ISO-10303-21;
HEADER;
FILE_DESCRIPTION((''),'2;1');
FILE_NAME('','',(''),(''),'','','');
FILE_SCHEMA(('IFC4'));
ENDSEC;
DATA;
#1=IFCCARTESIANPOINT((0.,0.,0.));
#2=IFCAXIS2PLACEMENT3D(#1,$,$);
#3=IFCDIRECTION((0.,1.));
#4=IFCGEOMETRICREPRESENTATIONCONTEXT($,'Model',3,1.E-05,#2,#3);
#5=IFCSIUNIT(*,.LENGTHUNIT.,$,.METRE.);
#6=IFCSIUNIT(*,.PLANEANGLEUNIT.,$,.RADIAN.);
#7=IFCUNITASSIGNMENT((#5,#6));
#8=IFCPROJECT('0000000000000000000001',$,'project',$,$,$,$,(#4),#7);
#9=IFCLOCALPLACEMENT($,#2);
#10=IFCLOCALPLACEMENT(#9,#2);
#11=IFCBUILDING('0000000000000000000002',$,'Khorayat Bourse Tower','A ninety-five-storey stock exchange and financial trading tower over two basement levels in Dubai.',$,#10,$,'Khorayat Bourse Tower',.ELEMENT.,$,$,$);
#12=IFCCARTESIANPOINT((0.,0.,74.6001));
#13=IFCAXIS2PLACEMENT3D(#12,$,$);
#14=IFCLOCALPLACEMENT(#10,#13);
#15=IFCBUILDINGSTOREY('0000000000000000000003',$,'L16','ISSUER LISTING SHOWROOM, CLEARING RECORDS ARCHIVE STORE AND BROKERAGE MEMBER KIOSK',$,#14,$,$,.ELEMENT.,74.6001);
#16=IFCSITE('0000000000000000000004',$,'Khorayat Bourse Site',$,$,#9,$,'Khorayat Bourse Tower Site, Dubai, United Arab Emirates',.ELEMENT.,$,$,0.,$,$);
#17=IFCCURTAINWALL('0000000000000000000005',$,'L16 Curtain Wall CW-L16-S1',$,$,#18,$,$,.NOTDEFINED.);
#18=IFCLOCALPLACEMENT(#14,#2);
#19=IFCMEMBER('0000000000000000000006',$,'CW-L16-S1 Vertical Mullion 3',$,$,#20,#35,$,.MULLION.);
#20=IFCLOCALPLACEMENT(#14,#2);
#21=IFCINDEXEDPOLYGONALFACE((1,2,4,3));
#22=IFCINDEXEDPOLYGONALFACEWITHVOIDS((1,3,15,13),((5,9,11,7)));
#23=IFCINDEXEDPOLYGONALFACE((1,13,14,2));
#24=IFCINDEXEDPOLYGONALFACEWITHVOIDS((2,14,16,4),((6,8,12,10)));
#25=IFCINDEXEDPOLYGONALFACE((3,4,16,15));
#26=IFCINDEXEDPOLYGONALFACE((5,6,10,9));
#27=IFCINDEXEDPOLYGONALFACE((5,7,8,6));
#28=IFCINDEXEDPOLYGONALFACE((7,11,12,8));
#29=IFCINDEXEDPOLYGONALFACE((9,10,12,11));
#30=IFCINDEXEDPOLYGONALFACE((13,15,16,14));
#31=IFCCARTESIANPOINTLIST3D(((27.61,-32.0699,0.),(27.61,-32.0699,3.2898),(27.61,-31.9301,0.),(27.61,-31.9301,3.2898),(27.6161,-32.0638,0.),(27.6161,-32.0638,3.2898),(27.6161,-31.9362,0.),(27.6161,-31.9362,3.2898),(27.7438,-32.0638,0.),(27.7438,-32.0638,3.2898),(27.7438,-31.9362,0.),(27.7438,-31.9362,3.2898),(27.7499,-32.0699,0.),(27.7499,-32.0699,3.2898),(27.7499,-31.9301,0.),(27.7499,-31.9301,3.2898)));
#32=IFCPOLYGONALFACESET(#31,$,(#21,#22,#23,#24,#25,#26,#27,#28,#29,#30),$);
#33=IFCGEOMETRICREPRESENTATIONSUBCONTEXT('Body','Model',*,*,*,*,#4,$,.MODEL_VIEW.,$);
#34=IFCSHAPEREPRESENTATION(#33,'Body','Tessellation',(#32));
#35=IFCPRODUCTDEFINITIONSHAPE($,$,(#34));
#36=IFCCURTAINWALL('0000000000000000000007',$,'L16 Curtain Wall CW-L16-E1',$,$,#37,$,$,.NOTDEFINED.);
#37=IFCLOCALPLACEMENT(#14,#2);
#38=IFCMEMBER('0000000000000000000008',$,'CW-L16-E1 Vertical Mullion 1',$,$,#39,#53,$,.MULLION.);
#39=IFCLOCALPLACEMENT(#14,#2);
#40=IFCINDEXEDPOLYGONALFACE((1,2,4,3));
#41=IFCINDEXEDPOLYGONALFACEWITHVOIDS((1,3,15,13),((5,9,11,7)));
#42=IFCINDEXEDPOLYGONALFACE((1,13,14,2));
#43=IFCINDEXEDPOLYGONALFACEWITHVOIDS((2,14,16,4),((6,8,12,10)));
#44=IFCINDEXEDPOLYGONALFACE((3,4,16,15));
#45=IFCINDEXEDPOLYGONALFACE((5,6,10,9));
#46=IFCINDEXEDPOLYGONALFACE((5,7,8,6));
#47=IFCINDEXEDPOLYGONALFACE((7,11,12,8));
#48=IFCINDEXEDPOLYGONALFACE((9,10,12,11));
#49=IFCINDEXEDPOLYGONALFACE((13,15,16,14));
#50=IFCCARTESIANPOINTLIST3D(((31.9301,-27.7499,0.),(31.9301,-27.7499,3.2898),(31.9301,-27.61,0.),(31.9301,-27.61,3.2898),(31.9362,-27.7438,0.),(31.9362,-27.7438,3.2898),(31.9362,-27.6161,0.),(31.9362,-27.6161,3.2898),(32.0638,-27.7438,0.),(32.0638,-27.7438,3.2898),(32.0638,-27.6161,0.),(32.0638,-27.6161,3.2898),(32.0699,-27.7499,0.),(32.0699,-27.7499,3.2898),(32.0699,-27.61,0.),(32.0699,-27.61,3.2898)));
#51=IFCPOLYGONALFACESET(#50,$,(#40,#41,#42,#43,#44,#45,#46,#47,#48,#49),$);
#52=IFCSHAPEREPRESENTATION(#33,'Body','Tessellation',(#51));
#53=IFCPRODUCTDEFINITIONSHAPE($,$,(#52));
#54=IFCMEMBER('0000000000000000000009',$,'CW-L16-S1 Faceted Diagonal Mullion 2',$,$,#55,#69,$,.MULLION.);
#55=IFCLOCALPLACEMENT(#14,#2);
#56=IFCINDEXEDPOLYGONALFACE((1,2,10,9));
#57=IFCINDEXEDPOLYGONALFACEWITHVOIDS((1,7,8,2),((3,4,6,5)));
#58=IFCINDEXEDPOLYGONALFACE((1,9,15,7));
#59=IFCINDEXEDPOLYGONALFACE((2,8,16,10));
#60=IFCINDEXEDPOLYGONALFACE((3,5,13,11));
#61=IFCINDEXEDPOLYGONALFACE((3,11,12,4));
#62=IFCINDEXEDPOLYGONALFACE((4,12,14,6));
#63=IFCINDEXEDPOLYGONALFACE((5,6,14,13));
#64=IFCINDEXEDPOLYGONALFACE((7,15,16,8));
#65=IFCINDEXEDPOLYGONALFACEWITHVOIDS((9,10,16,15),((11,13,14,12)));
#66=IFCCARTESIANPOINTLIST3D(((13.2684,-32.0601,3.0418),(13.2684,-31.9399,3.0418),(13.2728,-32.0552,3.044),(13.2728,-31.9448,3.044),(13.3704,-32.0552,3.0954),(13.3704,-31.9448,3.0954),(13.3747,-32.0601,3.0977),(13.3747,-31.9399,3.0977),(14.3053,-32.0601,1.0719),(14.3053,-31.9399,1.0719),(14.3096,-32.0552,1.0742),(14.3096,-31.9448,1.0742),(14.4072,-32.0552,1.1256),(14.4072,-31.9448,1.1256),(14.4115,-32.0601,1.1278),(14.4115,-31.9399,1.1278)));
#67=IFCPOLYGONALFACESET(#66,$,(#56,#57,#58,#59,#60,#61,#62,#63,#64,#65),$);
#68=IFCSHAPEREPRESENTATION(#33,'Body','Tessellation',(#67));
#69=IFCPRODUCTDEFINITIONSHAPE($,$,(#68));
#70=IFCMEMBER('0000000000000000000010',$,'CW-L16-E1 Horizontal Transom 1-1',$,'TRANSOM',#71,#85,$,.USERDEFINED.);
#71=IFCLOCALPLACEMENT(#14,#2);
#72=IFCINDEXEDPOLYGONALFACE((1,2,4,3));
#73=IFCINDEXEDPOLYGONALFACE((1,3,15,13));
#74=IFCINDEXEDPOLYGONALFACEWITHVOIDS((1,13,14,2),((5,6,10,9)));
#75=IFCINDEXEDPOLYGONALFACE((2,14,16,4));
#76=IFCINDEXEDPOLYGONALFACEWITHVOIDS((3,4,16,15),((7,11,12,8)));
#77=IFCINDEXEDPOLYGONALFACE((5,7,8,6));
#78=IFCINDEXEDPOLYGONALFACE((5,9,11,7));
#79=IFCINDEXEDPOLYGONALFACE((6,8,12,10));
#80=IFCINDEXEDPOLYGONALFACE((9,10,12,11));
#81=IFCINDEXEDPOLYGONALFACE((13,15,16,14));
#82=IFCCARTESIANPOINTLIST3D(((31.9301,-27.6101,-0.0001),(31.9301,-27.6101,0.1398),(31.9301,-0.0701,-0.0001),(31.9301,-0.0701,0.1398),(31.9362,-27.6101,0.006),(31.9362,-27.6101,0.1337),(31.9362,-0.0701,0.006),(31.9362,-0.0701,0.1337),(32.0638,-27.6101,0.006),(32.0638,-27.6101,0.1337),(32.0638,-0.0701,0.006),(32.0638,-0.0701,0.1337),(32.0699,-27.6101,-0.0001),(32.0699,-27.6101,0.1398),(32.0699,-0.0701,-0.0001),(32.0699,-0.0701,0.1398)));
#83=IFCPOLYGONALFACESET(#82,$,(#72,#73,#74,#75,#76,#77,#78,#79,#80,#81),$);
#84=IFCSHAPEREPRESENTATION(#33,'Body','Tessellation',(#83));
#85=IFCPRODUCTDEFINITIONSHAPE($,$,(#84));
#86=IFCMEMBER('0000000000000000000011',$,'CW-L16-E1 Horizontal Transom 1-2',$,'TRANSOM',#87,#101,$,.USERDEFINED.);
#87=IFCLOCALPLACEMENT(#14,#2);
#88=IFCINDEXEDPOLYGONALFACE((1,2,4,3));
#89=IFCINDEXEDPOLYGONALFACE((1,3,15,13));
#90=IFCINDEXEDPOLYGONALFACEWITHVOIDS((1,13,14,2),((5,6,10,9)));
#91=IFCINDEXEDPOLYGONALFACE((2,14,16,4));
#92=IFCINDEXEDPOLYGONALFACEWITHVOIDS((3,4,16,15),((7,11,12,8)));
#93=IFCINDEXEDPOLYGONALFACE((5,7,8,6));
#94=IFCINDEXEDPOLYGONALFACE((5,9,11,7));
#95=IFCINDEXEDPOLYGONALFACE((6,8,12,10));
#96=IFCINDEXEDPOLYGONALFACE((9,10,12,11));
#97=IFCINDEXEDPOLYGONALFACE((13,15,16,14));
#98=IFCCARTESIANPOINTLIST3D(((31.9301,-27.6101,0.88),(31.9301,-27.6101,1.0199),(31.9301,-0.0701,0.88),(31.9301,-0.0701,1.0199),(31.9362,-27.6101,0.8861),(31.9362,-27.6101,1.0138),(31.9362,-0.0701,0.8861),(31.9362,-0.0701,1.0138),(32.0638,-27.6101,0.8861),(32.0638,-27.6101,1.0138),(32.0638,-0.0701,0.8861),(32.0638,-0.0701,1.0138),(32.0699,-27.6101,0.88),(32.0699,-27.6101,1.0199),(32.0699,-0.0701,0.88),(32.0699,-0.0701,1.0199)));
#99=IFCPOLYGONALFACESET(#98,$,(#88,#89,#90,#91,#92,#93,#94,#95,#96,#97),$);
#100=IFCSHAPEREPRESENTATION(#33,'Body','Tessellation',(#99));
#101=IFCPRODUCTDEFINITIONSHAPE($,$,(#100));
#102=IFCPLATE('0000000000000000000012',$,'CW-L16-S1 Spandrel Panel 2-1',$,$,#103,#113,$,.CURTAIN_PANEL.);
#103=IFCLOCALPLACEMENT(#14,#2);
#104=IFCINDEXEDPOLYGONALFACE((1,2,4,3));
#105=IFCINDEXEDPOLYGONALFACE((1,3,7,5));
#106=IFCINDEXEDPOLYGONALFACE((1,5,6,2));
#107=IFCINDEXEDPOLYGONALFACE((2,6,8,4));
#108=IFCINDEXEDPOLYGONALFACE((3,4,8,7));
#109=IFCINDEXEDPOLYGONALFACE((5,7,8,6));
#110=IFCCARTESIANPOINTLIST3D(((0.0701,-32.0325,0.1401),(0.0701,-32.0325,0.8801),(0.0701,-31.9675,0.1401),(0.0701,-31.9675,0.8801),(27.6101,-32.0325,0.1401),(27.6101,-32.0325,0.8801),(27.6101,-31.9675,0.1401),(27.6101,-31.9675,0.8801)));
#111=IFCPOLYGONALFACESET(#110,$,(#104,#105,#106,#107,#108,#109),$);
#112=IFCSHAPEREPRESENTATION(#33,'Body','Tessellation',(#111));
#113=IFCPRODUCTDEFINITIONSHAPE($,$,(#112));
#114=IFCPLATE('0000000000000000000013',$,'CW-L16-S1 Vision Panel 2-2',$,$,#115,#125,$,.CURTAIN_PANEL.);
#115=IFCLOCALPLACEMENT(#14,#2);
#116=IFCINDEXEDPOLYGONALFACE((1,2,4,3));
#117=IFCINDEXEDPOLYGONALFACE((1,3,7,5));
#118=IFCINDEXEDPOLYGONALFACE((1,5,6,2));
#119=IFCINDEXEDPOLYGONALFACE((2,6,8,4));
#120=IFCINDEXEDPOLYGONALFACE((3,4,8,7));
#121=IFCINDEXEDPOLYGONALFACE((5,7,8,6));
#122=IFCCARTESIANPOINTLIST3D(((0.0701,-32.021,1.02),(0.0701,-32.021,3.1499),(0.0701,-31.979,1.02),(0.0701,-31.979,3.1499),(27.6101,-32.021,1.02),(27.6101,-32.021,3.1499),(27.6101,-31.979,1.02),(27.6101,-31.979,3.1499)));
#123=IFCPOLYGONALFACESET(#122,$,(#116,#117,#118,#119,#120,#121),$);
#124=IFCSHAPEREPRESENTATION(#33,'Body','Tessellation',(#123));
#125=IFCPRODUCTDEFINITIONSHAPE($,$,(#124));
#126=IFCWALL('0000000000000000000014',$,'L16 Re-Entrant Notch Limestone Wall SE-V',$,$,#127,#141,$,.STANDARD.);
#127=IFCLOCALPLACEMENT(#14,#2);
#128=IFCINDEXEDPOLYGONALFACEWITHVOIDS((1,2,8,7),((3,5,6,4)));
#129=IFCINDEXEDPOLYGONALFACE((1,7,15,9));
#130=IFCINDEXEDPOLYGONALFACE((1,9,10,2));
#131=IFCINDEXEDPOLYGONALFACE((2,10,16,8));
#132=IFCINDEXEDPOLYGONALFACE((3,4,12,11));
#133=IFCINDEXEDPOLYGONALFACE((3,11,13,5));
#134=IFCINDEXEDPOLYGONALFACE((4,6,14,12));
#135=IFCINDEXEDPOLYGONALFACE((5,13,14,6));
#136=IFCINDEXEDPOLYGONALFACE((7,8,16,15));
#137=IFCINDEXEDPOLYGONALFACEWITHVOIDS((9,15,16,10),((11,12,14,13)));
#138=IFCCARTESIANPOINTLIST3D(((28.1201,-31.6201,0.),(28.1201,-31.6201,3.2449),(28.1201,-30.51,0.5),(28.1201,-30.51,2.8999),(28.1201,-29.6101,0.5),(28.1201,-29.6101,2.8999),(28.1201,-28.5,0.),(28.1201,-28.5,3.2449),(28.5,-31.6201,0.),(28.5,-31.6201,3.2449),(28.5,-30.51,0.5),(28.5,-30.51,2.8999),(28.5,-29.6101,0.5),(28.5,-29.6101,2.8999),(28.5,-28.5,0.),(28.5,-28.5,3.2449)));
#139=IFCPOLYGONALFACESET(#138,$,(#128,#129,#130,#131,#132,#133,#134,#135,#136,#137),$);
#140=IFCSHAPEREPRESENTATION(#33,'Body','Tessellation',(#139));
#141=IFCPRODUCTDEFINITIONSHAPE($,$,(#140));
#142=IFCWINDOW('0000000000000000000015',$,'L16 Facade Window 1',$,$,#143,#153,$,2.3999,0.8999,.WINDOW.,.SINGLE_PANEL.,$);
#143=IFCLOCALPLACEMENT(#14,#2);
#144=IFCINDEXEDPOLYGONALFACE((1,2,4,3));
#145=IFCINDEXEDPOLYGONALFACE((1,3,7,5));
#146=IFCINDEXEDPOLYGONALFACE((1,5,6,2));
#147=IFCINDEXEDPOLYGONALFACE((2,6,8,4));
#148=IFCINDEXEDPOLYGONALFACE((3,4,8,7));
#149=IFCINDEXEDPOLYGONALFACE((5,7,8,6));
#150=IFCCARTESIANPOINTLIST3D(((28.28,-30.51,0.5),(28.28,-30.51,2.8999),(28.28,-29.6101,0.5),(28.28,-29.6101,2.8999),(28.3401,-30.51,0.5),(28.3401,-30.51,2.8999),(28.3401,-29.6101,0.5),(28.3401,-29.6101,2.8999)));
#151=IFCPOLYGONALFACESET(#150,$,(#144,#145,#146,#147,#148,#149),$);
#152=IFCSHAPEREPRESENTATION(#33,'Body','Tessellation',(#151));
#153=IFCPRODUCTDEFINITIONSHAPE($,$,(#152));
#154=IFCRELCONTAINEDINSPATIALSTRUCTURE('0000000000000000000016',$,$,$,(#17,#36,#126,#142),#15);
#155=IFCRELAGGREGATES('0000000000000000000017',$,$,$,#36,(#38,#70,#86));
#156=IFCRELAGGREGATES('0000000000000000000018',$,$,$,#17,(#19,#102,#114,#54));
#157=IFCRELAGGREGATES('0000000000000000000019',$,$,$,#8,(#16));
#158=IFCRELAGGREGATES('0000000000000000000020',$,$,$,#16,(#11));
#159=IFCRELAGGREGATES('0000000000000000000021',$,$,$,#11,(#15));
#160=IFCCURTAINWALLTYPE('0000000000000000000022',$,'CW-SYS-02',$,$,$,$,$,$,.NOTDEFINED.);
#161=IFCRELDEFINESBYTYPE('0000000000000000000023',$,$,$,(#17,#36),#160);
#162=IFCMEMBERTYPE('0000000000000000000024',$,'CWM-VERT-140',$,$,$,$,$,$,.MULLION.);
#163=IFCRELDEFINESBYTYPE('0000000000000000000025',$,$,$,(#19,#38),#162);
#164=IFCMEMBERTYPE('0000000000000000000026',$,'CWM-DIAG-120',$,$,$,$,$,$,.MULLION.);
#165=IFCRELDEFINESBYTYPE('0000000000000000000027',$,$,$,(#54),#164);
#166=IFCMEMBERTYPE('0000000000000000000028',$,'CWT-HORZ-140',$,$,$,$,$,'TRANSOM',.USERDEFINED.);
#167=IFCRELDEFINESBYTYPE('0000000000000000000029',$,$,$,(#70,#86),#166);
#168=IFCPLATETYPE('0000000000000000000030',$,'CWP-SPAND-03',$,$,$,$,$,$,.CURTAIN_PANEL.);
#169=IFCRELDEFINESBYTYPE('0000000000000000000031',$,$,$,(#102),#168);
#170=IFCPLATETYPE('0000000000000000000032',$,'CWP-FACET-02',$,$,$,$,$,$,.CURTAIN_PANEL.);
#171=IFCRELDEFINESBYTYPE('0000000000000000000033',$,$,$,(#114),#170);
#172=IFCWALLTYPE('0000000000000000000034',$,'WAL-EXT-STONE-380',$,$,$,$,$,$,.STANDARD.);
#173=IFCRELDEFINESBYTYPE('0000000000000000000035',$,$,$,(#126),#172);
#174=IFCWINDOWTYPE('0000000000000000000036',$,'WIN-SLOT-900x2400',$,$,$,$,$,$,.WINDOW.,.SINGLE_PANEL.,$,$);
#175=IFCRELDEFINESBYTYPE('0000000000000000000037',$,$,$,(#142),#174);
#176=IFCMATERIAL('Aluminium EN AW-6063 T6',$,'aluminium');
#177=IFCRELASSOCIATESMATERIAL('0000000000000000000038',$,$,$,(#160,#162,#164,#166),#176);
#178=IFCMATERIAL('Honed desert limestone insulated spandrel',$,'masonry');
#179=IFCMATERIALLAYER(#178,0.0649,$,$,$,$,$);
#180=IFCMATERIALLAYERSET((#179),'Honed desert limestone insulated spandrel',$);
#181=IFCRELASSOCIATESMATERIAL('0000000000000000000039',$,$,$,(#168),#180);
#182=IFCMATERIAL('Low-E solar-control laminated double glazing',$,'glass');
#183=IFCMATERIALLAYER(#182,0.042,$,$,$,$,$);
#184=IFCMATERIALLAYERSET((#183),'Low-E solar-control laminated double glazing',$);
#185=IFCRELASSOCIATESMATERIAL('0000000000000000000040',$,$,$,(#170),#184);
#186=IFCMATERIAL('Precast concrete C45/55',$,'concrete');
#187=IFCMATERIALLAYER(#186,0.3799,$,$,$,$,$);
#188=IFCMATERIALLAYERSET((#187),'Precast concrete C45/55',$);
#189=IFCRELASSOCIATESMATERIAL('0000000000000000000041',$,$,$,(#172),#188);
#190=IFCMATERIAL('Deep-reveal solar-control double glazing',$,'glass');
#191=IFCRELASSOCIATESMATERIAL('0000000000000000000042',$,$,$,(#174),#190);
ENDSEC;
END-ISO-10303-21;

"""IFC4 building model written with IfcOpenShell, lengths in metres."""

from ifc_helpers import new_model, si_unit, direction, frame, frame_2d, origin, origin_2d, place, context, subcontext, project, spatial, rectangle, hollow_rectangle, extrude, source, transform, mapped, material, layer, layer_set, material_profile, profile_set, type_object, element, fill, aggregate, save


model = new_model("IFC4")

# Units and contexts
model_context = context("Model", 3, precision=1e-05, world=origin(), true_north=direction((0.0, 1.0)))
body_context = subcontext(model_context, "Body", "Model", "MODEL_VIEW")
ifc_project = project(units=[si_unit("LENGTHUNIT", "METRE"), si_unit("PLANEANGLEUNIT", "RADIAN")], contexts=[model_context])

# Site, building, storey
site_placement = place(None, origin())
site = spatial("IfcSite", under=ifc_project, at=site_placement, Name="Khorayat Bourse Site", LongName="Khorayat Bourse Tower Site, Dubai, United Arab Emirates", CompositionType="ELEMENT", RefElevation=0.0)
building_placement = place(site_placement, origin())
building = spatial("IfcBuilding", under=site, at=building_placement, Name="Khorayat Bourse Tower", Description="A ninety-five-storey stock exchange and financial trading tower over two basement levels in Dubai.", LongName="Khorayat Bourse Tower", CompositionType="ELEMENT")
storey_placement = place(building_placement, frame((0.0, 0.0, 74.6001)))
storey = spatial("IfcBuildingStorey", under=building, at=storey_placement, Name="L16", Description="ISSUER LISTING SHOWROOM, CLEARING RECORDS ARCHIVE STORE AND BROKERAGE MEMBER KIOSK", CompositionType="ELEMENT", Elevation=74.6001)

# Curtain walls, members
ifc_material_1 = material(Name="Aluminium EN AW-6063 T6", Category="aluminium")
curtain_wall_type = type_object("IfcCurtainWallType", Name="CW-SYS-02", PredefinedType="NOTDEFINED", material=ifc_material_1)
curtain_wall_1_placement = place(storey_placement, origin())
curtain_wall_1 = element("IfcCurtainWall", 1, at=curtain_wall_1_placement, inside=storey, type_object=curtain_wall_type, Name="L16 Curtain Wall CW-L16-S1", PredefinedType="NOTDEFINED")
ifc_material_profile_1 = material_profile(ifc_material_1, hollow_rectangle(XDim=0.1399, YDim=0.1399, WallThickness=0.0061, at=origin_2d()), Name="ALU 140x140x6")
ifc_profile_set_1 = profile_set([ifc_material_profile_1], Name="Aluminium EN AW-6063 T6")
member_type_1 = type_object("IfcMemberType", Name="CWM-VERT-140", PredefinedType="MULLION", material=ifc_profile_set_1)
shared_shape_1 = source(origin(), body_context, "Body", "SweptSolid", [
    extrude(hollow_rectangle(XDim=0.1399, YDim=0.1399, WallThickness=0.0061, at=origin_2d()), origin(), (0.0, 0.0, 1.0), 3.2898),
])
member_1_placement = place(storey_placement, frame((27.6799, -32.0, 0.0), z_axis=(0.0, 0.0, 1.0), x_axis=(0.0, 1.0, 0.0)))
member_1 = element("IfcMember", 2, at=member_1_placement, type_object=member_type_1, Name="CW-L16-S1 Vertical Mullion 3", PredefinedType="MULLION", context=body_context, shape_type="MappedRepresentation", body=[
    mapped(shared_shape_1, transform((0.0, 0.0, 0.0), scale=1.0)),
])
curtain_wall_2_placement = place(storey_placement, origin())
curtain_wall_2 = element("IfcCurtainWall", 3, at=curtain_wall_2_placement, inside=storey, type_object=curtain_wall_type, Name="L16 Curtain Wall CW-L16-E1", PredefinedType="NOTDEFINED")
member_2_placement = place(storey_placement, frame((32.0, -27.6799, 0.0), z_axis=(0.0, 0.0, 1.0), x_axis=(-1.0, 0.0, 0.0)))
member_2 = element("IfcMember", 4, at=member_2_placement, type_object=member_type_1, Name="CW-L16-E1 Vertical Mullion 1", PredefinedType="MULLION", context=body_context, shape_type="MappedRepresentation", body=[
    mapped(shared_shape_1, transform((0.0, 0.0, 0.0), scale=1.0)),
])

# Members
ifc_material_profile_2 = material_profile(ifc_material_1, hollow_rectangle(XDim=0.1201, YDim=0.1201, WallThickness=0.0049, at=origin_2d()), Name="ALU 120x120x5")
ifc_profile_set_2 = profile_set([ifc_material_profile_2], Name="Aluminium EN AW-6063 T6")
member_type_2 = type_object("IfcMemberType", Name="CWM-DIAG-120", PredefinedType="MULLION", material=ifc_profile_set_2)
shared_shape_2 = source(origin(), body_context, "Body", "SweptSolid", [
    extrude(hollow_rectangle(XDim=0.1201, YDim=0.1201, WallThickness=0.0049, at=origin_2d()), origin(), (0.0, 0.0, 1.0), 2.2261),
])
member_3_placement = place(storey_placement, frame((14.3584, -32.0, 1.0999), z_axis=(-0.46576, 0.0, 0.884911), x_axis=(0.0, -1.0, 0.0)))
member_3 = element("IfcMember", 5, at=member_3_placement, type_object=member_type_2, Name="CW-L16-S1 Faceted Diagonal Mullion 2", PredefinedType="MULLION", context=body_context, shape_type="MappedRepresentation", body=[
    mapped(shared_shape_2, transform((0.0, 0.0, 0.0), scale=1.0)),
])
ifc_material_profile_3 = material_profile(ifc_material_1, hollow_rectangle(XDim=0.1399, YDim=0.1399, WallThickness=0.0061, at=origin_2d()), Name="ALU 140x140x6")
ifc_profile_set_3 = profile_set([ifc_material_profile_3], Name="Aluminium EN AW-6063 T6")
member_type_3 = type_object("IfcMemberType", Name="CWT-HORZ-140", ElementType="TRANSOM", PredefinedType="USERDEFINED", material=ifc_profile_set_3)
shared_shape_3 = source(origin(), body_context, "Body", "SweptSolid", [
    extrude(hollow_rectangle(XDim=0.1399, YDim=0.1399, WallThickness=0.0061, at=origin_2d()), origin(), (0.0, 0.0, 1.0), 27.54),
])
member_4_placement = place(storey_placement, frame((32.0, -27.6101, 0.0698), z_axis=(0.0, 1.0, 0.0), x_axis=(-1.0, 0.0, 0.0)))
member_4 = element("IfcMember", 6, at=member_4_placement, type_object=member_type_3, Name="CW-L16-E1 Horizontal Transom 1-1", ObjectType="TRANSOM", PredefinedType="USERDEFINED", context=body_context, shape_type="MappedRepresentation", body=[
    mapped(shared_shape_3, transform((0.0, 0.0, 0.0), scale=1.0)),
])
member_5_placement = place(storey_placement, frame((32.0, -27.6101, 0.95), z_axis=(0.0, 1.0, 0.0), x_axis=(-1.0, 0.0, 0.0)))
member_5 = element("IfcMember", 7, at=member_5_placement, type_object=member_type_3, Name="CW-L16-E1 Horizontal Transom 1-2", ObjectType="TRANSOM", PredefinedType="USERDEFINED", context=body_context, shape_type="MappedRepresentation", body=[
    mapped(shared_shape_3, transform((0.0, 0.0, 0.0), scale=1.0)),
])
aggregate(curtain_wall_2, [member_2, member_4, member_5])

# Plates
ifc_material_2 = material(Name="Honed desert limestone insulated spandrel", Category="masonry")
ifc_layer_1 = layer(ifc_material_2, 0.0649)
ifc_layer_set_1 = layer_set([ifc_layer_1], Name="Honed desert limestone insulated spandrel")
plate_type_1 = type_object("IfcPlateType", Name="CWP-SPAND-03", PredefinedType="CURTAIN_PANEL", material=ifc_layer_set_1)
shared_shape_4 = source(origin(), body_context, "Body", "SweptSolid", [
    extrude(rectangle(XDim=27.54, YDim=0.0649, at=origin_2d()), origin(), (0.0, 0.0, 1.0), 0.74),
])
plate_1_placement = place(storey_placement, frame((13.8401, -32.0, 0.1401), z_axis=(0.0, 0.0, 1.0), x_axis=(1.0, 0.0, 0.0)))
plate_1 = element("IfcPlate", 8, at=plate_1_placement, type_object=plate_type_1, Name="CW-L16-S1 Spandrel Panel 2-1", PredefinedType="CURTAIN_PANEL", context=body_context, shape_type="MappedRepresentation", body=[
    mapped(shared_shape_4, transform((0.0, 0.0, 0.0), scale=1.0)),
])
ifc_material_3 = material(Name="Low-E solar-control laminated double glazing", Category="glass")
ifc_layer_2 = layer(ifc_material_3, 0.042)
ifc_layer_set_2 = layer_set([ifc_layer_2], Name="Low-E solar-control laminated double glazing")
plate_type_2 = type_object("IfcPlateType", Name="CWP-FACET-02", PredefinedType="CURTAIN_PANEL", material=ifc_layer_set_2)
shared_shape_5 = source(origin(), body_context, "Body", "SweptSolid", [
    extrude(rectangle(XDim=27.54, YDim=0.042, at=origin_2d()), origin(), (0.0, 0.0, 1.0), 2.1299),
])
plate_2_placement = place(storey_placement, frame((13.8401, -32.0, 1.02), z_axis=(0.0, 0.0, 1.0), x_axis=(1.0, 0.0, 0.0)))
plate_2 = element("IfcPlate", 9, at=plate_2_placement, type_object=plate_type_2, Name="CW-L16-S1 Vision Panel 2-2", PredefinedType="CURTAIN_PANEL", context=body_context, shape_type="MappedRepresentation", body=[
    mapped(shared_shape_5, transform((0.0, 0.0, 0.0), scale=1.0)),
])
aggregate(curtain_wall_1, [member_1, plate_1, plate_2, member_3])

# Wall, opening, window
ifc_material_4 = material(Name="Precast concrete C45/55", Category="concrete")
ifc_layer_3 = layer(ifc_material_4, 0.3799)
ifc_layer_set_3 = layer_set([ifc_layer_3], Name="Precast concrete C45/55")
wall_type_1 = type_object("IfcWallType", Name="WAL-EXT-STONE-380", PredefinedType="STANDARD", material=ifc_layer_set_3)
shared_shape_6 = source(origin(), body_context, "Body", "SweptSolid", [
    extrude(rectangle(XDim=3.1201, YDim=0.3799, at=frame_2d((1.5601, 0.0))), origin(), (0.0, 0.0, 1.0), 3.2449),
])
wall_1_placement = place(storey_placement, frame((28.3101, -31.6201, 0.0), z_axis=(0.0, 0.0, 1.0), x_axis=(0.0, 1.0, 0.0)))
wall_1 = element("IfcWall", 10, at=wall_1_placement, inside=storey, type_object=wall_type_1, Name="L16 Re-Entrant Notch Limestone Wall SE-V", PredefinedType="STANDARD", context=body_context, shape_type="MappedRepresentation", body=[
    mapped(shared_shape_6, transform((0.0, 0.0, 0.0), scale=1.0)),
])
shared_shape_7 = source(origin(), body_context, "Body", "SweptSolid", [
    extrude(rectangle(XDim=0.8999, YDim=2.3999, at=frame_2d((0.45, 1.2))), frame((0.0, 0.2, 0.0), z_axis=(0.0, -1.0, 0.0), x_axis=(1.0, 0.0, 0.0)), (0.0, 0.0, 1.0), 0.3999),
])
opening_1_placement = place(wall_1_placement, frame((1.1101, 0.0, 0.5)))
opening_1 = element("IfcOpeningElement", 11, at=opening_1_placement, cuts=wall_1, PredefinedType="OPENING", context=body_context, shape_type="MappedRepresentation", body=[
    mapped(shared_shape_7, transform((0.0, 0.0, 0.0), scale=1.0)),
])
ifc_material_5 = material(Name="Deep-reveal solar-control double glazing", Category="glass")
window_type = type_object("IfcWindowType", Name="WIN-SLOT-900x2400", PartitioningType="SINGLE_PANEL", PredefinedType="WINDOW", material=ifc_material_5)
shared_shape_8 = source(origin(), body_context, "Body", "SweptSolid", [
    extrude(rectangle(XDim=0.8999, YDim=2.3999, at=frame_2d((0.45, 1.2))), frame((0.0, 0.03, 0.0), z_axis=(0.0, -1.0, 0.0), x_axis=(1.0, 0.0, 0.0)), (0.0, 0.0, 1.0), 0.0601),
])
window_1_placement = place(opening_1_placement, origin())
window_1 = element("IfcWindow", 12, at=window_1_placement, inside=storey, type_object=window_type, Name="L16 Facade Window 1", OverallHeight=2.3999, OverallWidth=0.8999, PartitioningType="SINGLE_PANEL", PredefinedType="WINDOW", context=body_context, shape_type="MappedRepresentation", body=[
    mapped(shared_shape_8, transform((0.0, 0.0, 0.0), scale=1.0)),
])
fill(opening_1, window_1)

save(model, "model.ifc")
